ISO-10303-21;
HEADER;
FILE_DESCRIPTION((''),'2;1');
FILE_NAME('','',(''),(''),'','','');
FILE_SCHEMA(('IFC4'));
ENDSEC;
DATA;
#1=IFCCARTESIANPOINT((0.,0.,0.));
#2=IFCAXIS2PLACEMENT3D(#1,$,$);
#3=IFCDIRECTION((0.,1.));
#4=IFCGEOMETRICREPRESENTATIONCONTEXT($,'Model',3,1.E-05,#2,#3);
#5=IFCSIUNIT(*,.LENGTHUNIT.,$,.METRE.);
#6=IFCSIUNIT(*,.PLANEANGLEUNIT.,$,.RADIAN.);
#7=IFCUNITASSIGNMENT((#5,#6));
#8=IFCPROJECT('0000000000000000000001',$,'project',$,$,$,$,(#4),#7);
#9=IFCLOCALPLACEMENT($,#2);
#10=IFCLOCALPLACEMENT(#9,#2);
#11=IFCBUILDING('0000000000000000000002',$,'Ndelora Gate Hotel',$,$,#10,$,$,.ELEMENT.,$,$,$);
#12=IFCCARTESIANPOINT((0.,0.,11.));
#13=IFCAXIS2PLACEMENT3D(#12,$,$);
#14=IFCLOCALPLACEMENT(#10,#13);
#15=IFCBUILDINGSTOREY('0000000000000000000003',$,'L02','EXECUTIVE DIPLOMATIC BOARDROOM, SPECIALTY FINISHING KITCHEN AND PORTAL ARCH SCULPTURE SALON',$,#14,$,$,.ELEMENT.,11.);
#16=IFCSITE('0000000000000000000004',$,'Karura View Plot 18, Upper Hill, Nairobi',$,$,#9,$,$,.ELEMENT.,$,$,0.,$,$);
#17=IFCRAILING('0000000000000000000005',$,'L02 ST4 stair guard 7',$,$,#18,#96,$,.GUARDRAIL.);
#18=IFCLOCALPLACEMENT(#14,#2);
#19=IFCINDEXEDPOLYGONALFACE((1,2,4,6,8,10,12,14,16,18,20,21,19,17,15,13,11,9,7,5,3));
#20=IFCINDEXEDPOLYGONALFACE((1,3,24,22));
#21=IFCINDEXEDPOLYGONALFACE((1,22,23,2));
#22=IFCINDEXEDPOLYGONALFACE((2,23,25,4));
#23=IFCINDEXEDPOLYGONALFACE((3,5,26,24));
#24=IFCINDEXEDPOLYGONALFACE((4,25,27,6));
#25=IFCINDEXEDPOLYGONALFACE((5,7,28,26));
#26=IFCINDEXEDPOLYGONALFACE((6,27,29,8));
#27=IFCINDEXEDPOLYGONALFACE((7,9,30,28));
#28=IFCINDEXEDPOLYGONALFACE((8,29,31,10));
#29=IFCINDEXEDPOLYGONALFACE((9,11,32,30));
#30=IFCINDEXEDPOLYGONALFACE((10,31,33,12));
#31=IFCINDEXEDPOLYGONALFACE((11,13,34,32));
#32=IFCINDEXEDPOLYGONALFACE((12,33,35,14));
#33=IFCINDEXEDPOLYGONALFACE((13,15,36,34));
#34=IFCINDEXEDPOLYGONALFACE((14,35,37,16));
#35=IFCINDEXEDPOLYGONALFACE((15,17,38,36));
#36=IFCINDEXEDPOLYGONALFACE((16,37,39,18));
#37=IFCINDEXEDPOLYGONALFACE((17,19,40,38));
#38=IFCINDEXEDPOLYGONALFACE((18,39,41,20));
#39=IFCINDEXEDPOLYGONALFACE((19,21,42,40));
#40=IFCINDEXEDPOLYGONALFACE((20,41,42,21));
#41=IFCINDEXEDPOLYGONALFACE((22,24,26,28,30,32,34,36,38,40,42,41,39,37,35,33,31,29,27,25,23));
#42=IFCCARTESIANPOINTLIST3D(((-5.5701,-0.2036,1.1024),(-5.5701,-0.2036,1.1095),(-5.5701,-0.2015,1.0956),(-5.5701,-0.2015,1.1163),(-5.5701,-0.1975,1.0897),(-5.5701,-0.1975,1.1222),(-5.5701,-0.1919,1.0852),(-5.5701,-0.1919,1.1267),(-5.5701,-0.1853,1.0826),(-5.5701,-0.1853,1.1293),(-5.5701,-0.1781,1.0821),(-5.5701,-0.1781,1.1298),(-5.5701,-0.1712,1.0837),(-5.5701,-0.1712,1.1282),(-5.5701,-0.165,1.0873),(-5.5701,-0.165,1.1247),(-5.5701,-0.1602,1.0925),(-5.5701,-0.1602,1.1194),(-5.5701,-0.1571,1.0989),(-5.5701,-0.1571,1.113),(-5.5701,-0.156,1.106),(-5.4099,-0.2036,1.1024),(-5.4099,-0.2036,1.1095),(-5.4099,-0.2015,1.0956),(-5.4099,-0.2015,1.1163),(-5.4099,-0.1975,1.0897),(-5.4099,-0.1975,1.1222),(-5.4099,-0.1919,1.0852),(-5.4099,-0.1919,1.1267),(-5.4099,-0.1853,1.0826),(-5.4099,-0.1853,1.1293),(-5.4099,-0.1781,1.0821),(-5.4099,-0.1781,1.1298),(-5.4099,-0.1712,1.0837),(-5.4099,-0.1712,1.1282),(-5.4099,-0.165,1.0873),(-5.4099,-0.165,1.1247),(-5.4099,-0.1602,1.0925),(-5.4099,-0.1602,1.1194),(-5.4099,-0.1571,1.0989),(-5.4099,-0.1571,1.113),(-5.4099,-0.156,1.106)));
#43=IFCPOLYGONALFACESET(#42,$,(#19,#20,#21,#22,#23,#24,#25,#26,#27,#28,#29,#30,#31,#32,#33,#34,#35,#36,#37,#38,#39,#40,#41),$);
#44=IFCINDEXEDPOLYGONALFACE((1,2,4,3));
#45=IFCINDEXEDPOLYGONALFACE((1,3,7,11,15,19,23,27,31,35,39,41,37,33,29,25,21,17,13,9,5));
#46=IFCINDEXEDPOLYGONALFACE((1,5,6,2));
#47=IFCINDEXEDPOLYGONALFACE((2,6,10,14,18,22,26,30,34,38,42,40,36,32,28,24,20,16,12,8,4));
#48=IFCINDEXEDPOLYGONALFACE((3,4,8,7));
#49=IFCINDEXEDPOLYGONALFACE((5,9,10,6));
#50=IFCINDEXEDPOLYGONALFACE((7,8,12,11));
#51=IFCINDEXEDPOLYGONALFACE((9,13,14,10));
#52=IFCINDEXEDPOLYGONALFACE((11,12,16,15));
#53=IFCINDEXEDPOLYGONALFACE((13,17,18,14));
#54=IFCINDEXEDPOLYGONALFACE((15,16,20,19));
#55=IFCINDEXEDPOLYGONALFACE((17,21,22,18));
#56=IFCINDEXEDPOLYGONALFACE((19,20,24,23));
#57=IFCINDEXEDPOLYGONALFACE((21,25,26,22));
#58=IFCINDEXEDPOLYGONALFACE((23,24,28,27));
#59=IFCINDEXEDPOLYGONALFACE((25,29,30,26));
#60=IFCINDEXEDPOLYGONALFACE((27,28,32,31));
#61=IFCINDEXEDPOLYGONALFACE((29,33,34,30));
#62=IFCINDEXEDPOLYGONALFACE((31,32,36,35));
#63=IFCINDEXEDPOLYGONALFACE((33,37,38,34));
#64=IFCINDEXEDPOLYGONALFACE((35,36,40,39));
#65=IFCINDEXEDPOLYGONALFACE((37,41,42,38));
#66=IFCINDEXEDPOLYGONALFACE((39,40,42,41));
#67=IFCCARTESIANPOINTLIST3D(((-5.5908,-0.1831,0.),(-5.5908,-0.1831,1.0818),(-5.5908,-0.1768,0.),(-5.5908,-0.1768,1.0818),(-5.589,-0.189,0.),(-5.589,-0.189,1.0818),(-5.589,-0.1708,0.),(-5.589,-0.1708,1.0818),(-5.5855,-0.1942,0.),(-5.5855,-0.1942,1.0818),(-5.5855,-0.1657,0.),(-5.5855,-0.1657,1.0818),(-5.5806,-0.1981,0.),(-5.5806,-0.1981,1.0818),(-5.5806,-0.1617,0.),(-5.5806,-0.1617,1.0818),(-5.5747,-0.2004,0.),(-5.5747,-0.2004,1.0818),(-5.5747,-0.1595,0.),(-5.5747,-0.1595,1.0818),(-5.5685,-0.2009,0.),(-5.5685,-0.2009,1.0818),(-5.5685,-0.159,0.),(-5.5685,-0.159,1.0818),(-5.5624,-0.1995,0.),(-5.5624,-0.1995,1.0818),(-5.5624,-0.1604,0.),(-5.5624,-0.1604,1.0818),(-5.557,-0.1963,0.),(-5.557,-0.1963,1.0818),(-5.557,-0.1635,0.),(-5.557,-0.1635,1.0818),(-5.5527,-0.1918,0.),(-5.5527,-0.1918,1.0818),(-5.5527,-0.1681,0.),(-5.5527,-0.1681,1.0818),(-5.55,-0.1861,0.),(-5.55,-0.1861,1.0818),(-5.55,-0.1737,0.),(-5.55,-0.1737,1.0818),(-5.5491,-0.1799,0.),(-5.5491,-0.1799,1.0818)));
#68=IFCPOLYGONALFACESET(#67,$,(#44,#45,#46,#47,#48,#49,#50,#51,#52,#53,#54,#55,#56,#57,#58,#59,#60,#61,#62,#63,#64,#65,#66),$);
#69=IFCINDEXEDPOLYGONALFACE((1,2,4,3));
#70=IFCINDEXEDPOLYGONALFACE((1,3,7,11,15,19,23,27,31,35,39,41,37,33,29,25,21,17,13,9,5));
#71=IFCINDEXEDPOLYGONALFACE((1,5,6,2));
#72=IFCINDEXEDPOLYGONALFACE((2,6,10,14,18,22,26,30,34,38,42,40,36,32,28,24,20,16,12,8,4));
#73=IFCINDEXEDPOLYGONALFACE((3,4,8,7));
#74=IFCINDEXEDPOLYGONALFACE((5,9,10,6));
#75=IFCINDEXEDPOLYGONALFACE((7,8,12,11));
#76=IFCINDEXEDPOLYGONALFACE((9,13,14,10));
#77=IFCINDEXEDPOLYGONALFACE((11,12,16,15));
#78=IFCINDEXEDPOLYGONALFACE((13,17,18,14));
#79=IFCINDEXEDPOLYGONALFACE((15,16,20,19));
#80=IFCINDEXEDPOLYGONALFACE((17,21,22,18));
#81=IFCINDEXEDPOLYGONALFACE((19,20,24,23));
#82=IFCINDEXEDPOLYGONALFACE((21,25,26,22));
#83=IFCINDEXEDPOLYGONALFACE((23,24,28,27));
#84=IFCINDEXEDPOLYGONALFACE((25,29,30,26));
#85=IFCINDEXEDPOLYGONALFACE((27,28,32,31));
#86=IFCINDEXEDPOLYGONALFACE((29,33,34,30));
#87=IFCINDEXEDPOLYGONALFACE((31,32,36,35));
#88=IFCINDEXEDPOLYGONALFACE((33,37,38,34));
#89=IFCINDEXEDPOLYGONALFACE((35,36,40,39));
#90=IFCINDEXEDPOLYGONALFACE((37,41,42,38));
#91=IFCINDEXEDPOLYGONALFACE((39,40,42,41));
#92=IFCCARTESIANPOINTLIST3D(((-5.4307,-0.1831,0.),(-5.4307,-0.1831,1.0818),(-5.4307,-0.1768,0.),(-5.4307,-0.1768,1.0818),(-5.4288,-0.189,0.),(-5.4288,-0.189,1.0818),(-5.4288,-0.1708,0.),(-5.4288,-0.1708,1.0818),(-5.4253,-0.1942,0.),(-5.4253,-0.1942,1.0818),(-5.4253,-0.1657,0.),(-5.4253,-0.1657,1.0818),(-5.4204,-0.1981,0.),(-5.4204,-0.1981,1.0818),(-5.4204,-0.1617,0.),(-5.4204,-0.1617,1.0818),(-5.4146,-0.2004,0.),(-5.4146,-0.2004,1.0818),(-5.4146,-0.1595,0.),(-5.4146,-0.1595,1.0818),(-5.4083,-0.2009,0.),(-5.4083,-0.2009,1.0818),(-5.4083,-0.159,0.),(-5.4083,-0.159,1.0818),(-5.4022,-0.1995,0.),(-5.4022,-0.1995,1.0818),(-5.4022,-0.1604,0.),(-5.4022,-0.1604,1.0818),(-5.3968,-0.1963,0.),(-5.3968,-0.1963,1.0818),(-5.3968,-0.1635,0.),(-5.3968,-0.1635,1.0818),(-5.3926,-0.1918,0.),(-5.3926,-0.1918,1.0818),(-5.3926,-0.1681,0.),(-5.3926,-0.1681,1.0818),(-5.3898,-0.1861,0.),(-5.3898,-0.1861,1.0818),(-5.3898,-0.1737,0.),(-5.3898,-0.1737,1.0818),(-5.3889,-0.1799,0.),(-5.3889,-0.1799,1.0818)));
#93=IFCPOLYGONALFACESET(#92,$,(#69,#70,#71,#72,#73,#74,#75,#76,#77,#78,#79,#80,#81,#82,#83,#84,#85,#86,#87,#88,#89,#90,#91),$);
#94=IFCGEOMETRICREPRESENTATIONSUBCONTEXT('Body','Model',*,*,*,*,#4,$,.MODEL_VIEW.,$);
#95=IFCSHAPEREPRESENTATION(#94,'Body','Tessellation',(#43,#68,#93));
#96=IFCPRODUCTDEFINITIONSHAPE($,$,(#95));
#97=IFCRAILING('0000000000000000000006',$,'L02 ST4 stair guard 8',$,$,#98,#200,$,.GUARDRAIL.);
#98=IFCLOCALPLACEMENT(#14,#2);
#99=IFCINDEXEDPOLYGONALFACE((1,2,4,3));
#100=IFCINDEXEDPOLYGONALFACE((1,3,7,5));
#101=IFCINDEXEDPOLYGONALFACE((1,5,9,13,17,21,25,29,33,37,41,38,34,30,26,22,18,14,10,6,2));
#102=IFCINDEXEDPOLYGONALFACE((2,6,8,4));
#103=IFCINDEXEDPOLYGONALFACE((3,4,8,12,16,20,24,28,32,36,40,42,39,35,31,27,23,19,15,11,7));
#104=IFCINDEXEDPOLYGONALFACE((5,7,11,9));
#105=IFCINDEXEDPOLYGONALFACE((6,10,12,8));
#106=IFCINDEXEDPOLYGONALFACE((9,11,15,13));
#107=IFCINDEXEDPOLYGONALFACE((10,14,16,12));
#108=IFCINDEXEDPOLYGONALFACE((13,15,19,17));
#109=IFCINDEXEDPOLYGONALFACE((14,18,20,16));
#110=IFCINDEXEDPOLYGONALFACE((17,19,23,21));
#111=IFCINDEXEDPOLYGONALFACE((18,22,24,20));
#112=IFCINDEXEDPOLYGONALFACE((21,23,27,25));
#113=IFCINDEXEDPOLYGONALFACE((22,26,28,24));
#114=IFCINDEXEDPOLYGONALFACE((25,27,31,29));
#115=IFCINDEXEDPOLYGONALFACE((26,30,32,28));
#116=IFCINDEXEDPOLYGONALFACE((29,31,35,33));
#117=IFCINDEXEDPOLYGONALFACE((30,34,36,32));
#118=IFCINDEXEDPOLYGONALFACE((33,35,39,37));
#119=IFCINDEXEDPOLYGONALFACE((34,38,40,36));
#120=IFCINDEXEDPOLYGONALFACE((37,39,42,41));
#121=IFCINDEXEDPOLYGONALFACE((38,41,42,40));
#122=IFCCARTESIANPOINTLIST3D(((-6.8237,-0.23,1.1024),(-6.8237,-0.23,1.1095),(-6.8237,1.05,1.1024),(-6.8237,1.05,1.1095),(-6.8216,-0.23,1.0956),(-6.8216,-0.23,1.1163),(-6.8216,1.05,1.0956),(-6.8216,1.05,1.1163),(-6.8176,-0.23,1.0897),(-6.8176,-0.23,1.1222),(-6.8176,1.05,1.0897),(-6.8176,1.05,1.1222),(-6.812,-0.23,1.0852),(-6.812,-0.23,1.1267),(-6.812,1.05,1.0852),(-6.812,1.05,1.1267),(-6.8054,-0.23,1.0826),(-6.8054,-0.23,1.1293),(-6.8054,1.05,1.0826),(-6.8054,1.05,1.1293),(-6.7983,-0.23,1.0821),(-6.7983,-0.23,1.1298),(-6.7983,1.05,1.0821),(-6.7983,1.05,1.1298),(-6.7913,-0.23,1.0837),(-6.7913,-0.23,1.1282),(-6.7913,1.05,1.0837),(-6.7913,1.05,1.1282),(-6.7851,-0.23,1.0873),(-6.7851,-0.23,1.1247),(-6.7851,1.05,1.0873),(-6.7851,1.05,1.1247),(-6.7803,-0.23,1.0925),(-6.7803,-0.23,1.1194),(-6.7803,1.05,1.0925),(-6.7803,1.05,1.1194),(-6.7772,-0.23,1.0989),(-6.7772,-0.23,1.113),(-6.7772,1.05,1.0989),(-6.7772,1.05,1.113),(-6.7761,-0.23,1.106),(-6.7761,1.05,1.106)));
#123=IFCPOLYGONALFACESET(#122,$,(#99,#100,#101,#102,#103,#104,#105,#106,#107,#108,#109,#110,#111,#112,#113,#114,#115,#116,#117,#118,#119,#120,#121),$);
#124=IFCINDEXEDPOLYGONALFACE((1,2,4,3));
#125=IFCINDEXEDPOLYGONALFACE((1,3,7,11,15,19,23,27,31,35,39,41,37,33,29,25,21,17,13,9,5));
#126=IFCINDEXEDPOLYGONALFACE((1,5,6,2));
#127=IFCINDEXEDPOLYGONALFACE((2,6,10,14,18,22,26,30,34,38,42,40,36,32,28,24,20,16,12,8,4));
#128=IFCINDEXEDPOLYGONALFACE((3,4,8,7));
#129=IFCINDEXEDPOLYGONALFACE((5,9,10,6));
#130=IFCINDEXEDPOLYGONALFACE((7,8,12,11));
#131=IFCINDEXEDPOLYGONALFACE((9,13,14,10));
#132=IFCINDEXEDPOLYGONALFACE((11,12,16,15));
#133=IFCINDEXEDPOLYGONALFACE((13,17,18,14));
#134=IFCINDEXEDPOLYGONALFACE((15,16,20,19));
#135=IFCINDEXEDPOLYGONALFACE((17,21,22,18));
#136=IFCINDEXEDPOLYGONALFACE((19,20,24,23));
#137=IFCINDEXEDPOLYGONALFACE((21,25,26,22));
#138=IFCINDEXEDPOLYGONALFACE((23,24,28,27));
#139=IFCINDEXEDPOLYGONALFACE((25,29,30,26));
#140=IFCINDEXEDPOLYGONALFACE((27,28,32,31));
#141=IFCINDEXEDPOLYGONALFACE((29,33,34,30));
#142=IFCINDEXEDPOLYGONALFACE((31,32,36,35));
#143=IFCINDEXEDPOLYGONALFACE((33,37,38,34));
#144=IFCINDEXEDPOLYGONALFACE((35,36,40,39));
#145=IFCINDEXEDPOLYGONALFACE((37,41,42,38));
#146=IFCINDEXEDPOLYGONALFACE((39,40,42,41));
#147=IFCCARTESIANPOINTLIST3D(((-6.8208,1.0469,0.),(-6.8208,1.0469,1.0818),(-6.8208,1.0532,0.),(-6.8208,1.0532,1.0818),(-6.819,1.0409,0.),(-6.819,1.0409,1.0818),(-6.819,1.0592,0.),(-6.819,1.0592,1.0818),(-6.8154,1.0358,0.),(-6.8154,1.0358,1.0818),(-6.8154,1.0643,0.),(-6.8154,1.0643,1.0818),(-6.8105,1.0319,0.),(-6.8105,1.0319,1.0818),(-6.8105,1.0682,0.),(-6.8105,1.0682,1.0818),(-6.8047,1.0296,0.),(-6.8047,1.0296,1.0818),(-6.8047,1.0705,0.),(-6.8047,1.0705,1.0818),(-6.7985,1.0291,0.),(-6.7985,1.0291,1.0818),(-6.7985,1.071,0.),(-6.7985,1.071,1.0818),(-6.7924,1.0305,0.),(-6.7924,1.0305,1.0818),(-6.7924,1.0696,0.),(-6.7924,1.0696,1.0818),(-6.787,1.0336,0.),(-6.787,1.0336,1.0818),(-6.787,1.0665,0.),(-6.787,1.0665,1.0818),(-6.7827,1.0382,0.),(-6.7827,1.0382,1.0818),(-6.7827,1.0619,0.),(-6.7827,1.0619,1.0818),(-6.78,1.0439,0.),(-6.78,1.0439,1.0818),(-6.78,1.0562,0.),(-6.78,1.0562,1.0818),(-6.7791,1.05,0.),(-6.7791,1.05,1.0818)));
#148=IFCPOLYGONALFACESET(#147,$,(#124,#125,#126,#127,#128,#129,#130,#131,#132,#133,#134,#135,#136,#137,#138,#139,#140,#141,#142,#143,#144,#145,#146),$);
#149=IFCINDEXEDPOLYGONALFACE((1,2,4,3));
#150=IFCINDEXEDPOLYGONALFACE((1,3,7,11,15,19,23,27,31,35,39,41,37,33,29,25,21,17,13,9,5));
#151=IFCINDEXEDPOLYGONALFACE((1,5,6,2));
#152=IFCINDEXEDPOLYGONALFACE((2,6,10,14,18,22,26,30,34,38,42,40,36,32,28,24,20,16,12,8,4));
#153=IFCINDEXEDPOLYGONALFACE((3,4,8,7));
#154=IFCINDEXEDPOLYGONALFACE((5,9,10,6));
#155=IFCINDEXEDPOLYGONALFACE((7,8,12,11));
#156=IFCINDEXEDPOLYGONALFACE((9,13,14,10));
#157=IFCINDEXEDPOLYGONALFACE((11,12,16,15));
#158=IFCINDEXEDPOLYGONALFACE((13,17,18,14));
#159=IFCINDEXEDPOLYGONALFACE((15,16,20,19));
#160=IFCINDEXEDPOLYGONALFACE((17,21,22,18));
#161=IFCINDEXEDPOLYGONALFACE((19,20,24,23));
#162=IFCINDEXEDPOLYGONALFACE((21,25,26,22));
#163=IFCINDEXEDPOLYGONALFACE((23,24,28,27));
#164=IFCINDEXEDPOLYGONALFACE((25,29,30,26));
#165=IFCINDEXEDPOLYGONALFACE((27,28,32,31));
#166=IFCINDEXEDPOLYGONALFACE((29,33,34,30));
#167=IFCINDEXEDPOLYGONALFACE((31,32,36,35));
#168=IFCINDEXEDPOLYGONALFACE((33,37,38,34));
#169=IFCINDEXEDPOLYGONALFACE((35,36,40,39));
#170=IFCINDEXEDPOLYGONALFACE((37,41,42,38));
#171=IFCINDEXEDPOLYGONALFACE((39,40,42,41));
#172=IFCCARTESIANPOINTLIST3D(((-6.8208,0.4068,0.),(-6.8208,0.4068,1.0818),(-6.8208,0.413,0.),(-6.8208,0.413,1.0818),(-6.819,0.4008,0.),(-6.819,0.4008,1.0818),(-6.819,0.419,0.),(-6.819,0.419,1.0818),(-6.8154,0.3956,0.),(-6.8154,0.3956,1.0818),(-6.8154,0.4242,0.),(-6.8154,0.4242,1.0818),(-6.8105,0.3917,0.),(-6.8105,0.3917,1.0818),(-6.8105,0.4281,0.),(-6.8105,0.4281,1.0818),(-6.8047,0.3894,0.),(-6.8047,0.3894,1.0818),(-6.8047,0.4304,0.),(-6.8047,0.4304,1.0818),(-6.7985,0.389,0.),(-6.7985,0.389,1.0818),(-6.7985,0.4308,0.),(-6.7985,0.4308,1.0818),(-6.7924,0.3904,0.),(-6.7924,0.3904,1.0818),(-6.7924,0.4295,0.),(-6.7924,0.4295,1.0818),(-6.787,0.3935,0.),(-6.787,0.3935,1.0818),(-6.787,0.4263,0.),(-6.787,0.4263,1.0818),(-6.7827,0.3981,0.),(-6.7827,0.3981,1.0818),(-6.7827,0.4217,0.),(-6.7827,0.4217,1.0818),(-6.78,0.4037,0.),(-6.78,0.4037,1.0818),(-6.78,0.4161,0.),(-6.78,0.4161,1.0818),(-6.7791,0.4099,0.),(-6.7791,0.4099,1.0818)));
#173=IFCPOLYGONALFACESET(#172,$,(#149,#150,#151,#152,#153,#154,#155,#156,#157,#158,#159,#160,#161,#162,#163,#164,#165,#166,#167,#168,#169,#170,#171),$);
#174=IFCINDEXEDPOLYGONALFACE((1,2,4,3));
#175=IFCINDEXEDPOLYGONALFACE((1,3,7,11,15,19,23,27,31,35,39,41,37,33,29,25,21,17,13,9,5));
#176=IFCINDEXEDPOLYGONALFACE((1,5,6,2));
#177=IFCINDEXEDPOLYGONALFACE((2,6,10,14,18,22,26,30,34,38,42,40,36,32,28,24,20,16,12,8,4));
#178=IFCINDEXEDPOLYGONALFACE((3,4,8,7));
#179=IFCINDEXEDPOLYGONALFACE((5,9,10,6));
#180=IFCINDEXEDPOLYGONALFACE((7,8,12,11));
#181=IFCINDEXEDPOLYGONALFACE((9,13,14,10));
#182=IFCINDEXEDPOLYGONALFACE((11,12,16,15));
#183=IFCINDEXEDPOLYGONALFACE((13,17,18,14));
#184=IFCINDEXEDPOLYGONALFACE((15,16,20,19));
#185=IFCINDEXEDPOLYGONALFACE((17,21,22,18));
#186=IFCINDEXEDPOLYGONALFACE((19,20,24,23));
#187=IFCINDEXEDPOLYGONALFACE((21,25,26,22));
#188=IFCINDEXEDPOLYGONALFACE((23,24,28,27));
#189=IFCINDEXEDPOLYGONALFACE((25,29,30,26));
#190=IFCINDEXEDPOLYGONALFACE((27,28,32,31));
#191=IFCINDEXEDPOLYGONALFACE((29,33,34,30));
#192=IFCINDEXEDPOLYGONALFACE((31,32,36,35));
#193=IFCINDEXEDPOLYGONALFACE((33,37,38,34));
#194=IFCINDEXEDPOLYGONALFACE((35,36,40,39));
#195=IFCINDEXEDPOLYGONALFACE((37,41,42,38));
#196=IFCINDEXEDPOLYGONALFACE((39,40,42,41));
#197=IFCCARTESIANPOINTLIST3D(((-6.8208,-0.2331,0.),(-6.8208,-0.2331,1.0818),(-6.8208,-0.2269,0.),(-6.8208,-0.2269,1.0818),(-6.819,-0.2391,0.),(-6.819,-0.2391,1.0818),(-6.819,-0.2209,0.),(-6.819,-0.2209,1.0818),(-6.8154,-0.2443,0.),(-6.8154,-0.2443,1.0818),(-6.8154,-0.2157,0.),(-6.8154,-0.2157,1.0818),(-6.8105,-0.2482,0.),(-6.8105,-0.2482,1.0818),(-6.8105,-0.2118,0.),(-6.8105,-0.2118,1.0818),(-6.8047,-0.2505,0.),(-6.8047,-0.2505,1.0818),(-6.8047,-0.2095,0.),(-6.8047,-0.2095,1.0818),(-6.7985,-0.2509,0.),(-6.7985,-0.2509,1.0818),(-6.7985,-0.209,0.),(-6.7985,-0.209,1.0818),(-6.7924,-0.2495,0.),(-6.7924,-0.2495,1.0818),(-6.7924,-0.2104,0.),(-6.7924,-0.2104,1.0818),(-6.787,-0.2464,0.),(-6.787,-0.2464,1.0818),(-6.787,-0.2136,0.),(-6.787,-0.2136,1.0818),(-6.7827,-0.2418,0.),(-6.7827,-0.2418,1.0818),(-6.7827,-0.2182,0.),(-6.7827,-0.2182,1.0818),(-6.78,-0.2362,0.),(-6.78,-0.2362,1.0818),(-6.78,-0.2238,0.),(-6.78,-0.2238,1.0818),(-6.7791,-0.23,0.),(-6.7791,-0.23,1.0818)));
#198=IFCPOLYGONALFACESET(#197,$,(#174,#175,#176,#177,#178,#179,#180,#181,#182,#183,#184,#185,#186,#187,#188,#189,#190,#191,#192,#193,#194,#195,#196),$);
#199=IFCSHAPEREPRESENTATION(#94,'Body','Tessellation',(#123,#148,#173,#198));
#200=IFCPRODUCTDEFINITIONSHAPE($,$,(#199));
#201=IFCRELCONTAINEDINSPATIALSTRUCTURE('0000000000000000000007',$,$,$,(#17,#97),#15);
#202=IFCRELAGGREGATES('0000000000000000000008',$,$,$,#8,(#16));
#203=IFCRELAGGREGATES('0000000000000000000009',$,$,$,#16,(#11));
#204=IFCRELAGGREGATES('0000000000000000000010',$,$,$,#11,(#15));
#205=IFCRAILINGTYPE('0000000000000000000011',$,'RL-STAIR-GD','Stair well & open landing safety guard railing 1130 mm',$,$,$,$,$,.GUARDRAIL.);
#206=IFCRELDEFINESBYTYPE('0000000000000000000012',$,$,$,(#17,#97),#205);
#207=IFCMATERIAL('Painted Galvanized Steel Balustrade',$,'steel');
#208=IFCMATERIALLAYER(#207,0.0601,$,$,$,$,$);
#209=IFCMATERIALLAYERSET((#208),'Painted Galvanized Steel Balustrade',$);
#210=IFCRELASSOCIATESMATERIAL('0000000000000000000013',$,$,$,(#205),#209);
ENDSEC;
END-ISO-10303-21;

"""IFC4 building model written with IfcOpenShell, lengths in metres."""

from ifc_helpers import new_model, si_unit, direction, frame, origin, origin_2d, place, context, subcontext, project, spatial, circle, extrude, material, layer, layer_set, type_object, element, save


model = new_model("IFC4")

# Units and contexts
model_context = context("Model", 3, precision=1e-05, world=origin(), true_north=direction((0.0, 1.0)))
body_context = subcontext(model_context, "Body", "Model", "MODEL_VIEW")
ifc_project = project(units=[si_unit("LENGTHUNIT", "METRE"), si_unit("PLANEANGLEUNIT", "RADIAN")], contexts=[model_context])

# Site, building, storey
site_placement = place(None, origin())
site = spatial("IfcSite", under=ifc_project, at=site_placement, Name="Karura View Plot 18, Upper Hill, Nairobi", CompositionType="ELEMENT", RefElevation=0.0)
building_placement = place(site_placement, origin())
building = spatial("IfcBuilding", under=site, at=building_placement, Name="Ndelora Gate Hotel", CompositionType="ELEMENT")
storey_placement = place(building_placement, frame((0.0, 0.0, 11.0)))
storey = spatial("IfcBuildingStorey", under=building, at=storey_placement, Name="L02", Description="EXECUTIVE DIPLOMATIC BOARDROOM, SPECIALTY FINISHING KITCHEN AND PORTAL ARCH SCULPTURE SALON", CompositionType="ELEMENT", Elevation=11.0)

# Railings
ifc_material_1 = material(Name="Painted Galvanized Steel Balustrade", Category="steel")
ifc_layer_1 = layer(ifc_material_1, 0.0601)
ifc_layer_set_1 = layer_set([ifc_layer_1], Name="Painted Galvanized Steel Balustrade")
railing_type_1 = type_object("IfcRailingType", Name="RL-STAIR-GD", Description="Stair well & open landing safety guard railing 1130 mm", PredefinedType="GUARDRAIL", material=ifc_layer_set_1)
railing_1_placement = place(storey_placement, frame((-5.5701, -0.1799, 0.0)))
element("IfcRailing", 1, at=railing_1_placement, inside=storey, type_object=railing_type_1, Name="L02 ST4 stair guard 7", PredefinedType="GUARDRAIL", context=body_context, shape_type="SweptSolid", body=[
    extrude(circle(Radius=0.0239, at=origin_2d()), frame((0.0, 0.0, 1.106), z_axis=(1.0, 0.0, 0.0), x_axis=(0.0, 1.0, 0.0)), (0.0, 0.0, 1.0), 0.1602),
    extrude(circle(Radius=0.021, at=origin_2d()), origin(), (0.0, 0.0, 1.0), 1.0818),
    extrude(circle(Radius=0.021, at=origin_2d()), frame((0.1602, 0.0, 0.0)), (0.0, 0.0, 1.0), 1.0818),
])
for number, where, name in (
    (2, (-6.8, 1.05, 0.0), "L02 ST4 stair guard 8"),
):
    element("IfcRailing", number, at=place(storey_placement, frame(where)), inside=storey, type_object=railing_type_1, Name=name, PredefinedType="GUARDRAIL", context=body_context, shape_type="SweptSolid", body=[
        extrude(circle(Radius=0.0239, at=origin_2d()), frame((0.0, 0.0, 1.106), z_axis=(0.0, -1.0, 0.0), x_axis=(1.0, 0.0, 0.0)), (0.0, 0.0, 1.0), 1.28),
        extrude(circle(Radius=0.021, at=origin_2d()), origin(), (0.0, 0.0, 1.0), 1.0818),
        extrude(circle(Radius=0.021, at=origin_2d()), frame((0.0, -0.6401, 0.0)), (0.0, 0.0, 1.0), 1.0818),
        extrude(circle(Radius=0.021, at=origin_2d()), frame((0.0, -1.28, 0.0)), (0.0, 0.0, 1.0), 1.0818),
    ])

save(model, "model.ifc")
